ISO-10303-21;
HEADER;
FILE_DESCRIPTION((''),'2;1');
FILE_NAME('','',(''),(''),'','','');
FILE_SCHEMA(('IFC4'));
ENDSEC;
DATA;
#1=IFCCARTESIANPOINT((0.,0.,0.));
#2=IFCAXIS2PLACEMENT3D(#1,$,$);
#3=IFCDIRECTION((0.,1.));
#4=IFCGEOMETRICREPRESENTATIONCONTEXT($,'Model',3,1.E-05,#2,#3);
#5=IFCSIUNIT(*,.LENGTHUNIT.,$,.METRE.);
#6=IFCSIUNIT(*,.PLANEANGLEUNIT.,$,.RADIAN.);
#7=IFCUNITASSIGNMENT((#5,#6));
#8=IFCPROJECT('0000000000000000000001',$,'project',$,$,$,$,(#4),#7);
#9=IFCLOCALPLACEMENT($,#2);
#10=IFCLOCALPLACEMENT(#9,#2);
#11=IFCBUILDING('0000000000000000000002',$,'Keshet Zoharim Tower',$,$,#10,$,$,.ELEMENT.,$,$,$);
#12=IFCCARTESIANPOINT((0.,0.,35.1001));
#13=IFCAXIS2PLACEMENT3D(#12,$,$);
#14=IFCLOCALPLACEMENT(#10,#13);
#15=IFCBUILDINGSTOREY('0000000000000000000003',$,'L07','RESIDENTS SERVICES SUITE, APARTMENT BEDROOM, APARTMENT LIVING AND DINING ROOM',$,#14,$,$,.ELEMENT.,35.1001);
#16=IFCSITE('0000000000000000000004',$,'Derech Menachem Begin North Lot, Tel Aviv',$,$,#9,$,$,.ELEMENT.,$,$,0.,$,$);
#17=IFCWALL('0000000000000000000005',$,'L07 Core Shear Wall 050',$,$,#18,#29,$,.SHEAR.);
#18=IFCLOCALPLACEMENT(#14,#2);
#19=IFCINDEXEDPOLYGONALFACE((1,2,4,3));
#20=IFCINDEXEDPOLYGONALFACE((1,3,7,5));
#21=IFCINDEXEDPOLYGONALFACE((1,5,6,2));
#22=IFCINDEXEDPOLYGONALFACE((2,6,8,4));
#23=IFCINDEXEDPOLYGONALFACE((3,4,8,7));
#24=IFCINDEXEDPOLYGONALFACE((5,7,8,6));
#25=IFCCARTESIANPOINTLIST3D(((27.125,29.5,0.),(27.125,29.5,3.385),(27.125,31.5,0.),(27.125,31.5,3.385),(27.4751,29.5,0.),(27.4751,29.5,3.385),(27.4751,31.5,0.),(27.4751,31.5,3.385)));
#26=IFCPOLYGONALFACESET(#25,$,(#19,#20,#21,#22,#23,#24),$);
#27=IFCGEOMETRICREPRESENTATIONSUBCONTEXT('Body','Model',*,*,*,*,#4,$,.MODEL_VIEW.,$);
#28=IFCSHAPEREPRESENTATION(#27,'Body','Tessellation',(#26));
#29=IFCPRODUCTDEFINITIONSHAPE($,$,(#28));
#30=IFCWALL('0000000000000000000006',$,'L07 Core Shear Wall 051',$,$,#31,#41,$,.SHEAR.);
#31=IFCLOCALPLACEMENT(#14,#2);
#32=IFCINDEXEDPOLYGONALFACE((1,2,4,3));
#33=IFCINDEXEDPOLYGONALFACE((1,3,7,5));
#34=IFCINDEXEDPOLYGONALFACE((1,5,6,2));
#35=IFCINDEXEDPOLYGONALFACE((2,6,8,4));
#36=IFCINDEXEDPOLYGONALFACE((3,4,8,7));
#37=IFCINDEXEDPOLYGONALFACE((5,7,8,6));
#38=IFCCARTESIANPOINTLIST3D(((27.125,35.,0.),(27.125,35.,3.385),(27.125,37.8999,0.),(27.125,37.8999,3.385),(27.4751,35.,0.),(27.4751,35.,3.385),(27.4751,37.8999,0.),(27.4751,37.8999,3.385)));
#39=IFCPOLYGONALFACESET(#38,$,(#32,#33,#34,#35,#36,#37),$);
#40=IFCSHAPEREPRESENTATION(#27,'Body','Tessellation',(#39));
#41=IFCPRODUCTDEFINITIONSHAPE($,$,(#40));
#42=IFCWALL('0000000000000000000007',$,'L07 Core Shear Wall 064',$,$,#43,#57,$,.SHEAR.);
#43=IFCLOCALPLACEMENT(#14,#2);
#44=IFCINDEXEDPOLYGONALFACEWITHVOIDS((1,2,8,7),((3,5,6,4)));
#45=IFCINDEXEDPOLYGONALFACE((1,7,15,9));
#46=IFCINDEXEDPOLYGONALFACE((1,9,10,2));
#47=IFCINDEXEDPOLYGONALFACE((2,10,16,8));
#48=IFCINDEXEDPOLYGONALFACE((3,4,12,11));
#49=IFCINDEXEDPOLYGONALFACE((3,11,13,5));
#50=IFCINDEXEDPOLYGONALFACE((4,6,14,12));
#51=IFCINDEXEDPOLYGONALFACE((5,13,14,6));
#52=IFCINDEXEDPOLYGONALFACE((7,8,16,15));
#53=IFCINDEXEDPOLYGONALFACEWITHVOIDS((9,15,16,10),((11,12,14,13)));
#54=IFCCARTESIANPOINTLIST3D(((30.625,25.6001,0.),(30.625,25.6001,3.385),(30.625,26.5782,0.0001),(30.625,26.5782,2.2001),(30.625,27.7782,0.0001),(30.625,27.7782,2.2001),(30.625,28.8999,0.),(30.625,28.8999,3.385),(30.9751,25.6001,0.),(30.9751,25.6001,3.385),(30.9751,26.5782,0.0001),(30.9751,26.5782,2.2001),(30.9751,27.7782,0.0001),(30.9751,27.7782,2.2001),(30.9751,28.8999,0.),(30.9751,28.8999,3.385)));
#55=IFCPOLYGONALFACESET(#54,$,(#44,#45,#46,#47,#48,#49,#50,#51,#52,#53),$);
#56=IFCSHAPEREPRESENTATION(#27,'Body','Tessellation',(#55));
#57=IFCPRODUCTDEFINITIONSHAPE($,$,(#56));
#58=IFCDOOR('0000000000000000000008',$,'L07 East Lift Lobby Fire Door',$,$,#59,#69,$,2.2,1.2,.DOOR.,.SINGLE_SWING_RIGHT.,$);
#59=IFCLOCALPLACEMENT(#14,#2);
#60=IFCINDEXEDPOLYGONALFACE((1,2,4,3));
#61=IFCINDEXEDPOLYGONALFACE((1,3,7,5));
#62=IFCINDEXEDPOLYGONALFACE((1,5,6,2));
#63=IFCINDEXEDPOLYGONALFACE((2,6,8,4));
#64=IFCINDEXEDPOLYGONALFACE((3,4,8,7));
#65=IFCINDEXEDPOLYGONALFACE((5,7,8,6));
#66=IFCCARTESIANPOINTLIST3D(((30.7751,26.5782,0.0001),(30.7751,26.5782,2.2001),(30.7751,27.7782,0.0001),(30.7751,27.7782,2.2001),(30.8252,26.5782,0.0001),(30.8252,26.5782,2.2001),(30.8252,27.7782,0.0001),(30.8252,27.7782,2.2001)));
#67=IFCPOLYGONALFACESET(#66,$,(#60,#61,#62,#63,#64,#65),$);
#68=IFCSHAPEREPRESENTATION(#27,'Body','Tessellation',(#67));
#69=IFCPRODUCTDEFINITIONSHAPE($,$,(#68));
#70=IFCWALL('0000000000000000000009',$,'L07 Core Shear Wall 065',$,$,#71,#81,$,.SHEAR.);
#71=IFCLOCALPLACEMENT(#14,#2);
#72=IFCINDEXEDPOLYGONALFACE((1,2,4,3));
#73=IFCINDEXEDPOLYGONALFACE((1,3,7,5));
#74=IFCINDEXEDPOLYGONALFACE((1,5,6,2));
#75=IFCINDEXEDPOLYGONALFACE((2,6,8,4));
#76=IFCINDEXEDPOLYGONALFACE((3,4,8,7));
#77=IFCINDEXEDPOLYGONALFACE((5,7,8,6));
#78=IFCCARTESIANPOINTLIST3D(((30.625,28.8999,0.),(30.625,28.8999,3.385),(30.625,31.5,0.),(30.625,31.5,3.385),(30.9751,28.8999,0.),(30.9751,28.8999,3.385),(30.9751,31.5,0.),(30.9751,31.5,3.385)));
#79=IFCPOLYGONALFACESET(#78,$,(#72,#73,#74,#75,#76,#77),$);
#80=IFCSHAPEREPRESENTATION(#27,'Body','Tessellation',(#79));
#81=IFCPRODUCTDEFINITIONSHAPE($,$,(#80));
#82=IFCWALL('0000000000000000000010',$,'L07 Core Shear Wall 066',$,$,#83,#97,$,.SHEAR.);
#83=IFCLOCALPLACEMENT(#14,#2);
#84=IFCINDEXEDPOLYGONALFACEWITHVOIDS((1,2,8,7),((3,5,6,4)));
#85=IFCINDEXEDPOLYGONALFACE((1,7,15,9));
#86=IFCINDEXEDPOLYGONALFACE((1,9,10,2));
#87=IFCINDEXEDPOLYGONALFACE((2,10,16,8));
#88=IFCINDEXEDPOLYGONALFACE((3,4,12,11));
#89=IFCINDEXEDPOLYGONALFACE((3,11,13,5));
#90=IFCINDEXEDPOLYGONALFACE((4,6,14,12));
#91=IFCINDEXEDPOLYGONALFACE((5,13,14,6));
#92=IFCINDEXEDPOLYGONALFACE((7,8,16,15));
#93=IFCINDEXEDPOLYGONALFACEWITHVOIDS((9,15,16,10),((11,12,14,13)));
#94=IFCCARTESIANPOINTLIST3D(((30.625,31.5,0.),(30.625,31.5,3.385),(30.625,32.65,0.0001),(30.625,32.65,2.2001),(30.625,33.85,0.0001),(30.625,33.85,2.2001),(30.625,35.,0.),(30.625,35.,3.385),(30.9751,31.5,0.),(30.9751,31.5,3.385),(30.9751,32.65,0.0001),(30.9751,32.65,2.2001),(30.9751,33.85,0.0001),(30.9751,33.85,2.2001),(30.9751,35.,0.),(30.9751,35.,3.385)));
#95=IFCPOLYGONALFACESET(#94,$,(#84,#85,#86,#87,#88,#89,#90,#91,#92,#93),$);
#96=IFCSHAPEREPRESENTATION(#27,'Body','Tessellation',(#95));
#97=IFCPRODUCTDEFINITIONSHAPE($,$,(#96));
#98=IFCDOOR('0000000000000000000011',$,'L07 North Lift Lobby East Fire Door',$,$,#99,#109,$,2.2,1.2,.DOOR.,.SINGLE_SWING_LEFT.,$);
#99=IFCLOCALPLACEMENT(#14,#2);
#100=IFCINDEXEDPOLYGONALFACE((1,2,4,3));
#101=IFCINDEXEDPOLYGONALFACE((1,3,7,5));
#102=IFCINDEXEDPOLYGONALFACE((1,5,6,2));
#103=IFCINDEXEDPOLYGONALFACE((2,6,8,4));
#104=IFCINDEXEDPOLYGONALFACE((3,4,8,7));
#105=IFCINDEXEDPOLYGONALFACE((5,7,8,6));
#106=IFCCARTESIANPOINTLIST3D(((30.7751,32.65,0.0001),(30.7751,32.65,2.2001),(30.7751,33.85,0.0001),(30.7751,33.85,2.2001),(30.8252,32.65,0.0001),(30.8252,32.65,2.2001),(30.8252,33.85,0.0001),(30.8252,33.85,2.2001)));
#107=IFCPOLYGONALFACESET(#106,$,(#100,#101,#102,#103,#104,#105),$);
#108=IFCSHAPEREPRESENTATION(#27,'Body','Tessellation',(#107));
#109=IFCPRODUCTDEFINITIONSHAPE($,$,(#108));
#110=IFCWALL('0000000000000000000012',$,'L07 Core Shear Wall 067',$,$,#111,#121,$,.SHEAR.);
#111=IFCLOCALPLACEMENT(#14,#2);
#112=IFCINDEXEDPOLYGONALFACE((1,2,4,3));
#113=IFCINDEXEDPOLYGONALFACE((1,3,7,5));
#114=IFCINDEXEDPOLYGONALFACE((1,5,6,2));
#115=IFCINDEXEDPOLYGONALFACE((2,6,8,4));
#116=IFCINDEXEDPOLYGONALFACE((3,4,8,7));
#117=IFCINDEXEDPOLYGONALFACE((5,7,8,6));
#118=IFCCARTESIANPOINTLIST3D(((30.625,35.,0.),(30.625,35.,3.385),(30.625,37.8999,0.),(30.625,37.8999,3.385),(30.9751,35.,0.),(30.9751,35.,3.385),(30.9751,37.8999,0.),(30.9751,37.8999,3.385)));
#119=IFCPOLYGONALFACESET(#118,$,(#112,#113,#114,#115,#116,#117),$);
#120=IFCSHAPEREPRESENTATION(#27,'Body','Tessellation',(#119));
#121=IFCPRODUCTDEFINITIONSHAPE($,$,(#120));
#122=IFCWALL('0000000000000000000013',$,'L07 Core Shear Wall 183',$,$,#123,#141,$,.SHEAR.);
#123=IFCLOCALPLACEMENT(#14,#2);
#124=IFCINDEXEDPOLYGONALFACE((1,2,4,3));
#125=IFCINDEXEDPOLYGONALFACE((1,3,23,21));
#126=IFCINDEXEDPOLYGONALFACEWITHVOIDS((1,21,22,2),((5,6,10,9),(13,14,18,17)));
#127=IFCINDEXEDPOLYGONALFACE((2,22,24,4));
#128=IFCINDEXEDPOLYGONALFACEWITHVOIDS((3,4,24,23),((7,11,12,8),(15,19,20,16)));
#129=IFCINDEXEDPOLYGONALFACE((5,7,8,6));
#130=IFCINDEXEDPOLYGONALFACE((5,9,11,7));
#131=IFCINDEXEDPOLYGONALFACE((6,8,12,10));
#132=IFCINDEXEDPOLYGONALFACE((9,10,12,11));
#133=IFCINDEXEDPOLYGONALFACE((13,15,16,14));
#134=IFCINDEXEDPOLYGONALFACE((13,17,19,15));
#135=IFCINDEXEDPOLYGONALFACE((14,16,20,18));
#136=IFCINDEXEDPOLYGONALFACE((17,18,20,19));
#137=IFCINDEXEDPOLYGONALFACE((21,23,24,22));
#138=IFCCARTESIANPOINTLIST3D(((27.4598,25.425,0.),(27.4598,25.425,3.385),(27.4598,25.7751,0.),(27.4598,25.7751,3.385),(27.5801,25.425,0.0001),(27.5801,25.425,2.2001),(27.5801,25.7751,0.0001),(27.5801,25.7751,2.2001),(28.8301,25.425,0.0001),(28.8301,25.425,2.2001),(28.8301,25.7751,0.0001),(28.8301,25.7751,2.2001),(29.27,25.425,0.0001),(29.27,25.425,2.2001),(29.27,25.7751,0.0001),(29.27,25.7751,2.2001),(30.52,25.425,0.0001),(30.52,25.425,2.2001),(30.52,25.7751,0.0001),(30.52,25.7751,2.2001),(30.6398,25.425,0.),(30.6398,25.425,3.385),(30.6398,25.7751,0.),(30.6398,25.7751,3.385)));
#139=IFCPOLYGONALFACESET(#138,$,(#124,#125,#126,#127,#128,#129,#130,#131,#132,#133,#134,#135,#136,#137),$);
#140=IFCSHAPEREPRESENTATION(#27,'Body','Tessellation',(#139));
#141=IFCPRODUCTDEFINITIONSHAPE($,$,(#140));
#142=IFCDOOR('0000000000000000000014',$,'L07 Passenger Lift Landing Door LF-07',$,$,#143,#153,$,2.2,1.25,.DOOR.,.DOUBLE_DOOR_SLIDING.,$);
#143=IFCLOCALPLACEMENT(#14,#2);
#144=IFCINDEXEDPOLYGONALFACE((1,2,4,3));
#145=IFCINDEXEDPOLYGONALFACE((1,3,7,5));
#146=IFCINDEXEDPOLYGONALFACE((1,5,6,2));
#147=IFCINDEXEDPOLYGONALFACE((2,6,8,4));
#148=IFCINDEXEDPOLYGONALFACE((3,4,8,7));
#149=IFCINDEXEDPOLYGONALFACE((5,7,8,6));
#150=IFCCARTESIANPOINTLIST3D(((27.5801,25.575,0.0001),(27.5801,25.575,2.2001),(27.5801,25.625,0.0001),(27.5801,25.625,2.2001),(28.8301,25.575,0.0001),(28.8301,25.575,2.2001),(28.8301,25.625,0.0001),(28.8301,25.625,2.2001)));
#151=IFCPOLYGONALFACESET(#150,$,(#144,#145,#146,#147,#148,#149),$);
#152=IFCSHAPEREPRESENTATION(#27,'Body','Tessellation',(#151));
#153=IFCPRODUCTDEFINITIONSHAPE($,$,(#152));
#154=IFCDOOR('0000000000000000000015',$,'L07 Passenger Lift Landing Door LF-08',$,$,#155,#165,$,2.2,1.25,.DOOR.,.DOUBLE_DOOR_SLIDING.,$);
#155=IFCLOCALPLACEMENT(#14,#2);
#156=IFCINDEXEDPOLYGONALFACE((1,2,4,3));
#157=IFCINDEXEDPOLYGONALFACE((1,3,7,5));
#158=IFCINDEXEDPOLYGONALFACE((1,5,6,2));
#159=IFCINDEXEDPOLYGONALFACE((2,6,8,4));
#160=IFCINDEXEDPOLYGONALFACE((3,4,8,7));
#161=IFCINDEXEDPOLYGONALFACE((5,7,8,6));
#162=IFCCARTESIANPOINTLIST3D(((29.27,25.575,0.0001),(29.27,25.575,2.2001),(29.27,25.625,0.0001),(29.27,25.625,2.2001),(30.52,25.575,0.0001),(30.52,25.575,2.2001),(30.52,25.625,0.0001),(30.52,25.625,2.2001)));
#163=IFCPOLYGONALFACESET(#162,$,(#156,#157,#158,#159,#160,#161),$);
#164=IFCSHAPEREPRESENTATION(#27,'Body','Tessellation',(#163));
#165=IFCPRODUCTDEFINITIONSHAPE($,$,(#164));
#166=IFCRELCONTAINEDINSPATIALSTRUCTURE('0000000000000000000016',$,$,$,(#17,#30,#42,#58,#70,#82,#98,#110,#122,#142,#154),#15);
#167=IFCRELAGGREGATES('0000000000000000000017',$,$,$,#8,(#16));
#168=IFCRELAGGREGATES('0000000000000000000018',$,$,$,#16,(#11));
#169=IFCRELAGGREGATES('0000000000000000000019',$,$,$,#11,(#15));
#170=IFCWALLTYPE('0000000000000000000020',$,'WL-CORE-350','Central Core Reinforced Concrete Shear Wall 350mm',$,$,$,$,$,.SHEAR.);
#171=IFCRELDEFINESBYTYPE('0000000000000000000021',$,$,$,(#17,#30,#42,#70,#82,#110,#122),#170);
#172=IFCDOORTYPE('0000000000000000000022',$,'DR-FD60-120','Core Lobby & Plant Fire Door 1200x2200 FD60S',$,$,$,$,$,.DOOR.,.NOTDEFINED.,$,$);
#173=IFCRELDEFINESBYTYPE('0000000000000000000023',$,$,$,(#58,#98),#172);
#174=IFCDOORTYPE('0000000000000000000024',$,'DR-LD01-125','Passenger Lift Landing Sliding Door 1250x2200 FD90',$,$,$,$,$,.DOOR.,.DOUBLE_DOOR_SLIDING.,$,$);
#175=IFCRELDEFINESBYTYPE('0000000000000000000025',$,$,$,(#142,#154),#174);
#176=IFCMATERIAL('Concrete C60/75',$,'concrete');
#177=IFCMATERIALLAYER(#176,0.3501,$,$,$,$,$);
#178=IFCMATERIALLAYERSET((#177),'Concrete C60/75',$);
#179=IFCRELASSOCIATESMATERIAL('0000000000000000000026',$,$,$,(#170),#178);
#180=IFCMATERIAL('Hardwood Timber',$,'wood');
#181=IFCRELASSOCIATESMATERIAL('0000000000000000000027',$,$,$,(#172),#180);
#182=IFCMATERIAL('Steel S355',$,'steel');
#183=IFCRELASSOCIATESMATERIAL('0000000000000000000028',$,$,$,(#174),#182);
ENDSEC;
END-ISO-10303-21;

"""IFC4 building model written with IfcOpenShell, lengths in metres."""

from ifc_helpers import new_model, si_unit, direction, frame, frame_2d, origin, place, context, subcontext, project, spatial, rectangle, extrude, material, layer, layer_set, type_object, element, fill, save


model = new_model("IFC4")

# Units and contexts
model_context = context("Model", 3, precision=1e-05, world=origin(), true_north=direction((0.0, 1.0)))
body_context = subcontext(model_context, "Body", "Model", "MODEL_VIEW")
ifc_project = project(units=[si_unit("LENGTHUNIT", "METRE"), si_unit("PLANEANGLEUNIT", "RADIAN")], contexts=[model_context])

# Site, building, storey
site_placement = place(None, origin())
site = spatial("IfcSite", under=ifc_project, at=site_placement, Name="Derech Menachem Begin North Lot, Tel Aviv", CompositionType="ELEMENT", RefElevation=0.0)
building_placement = place(site_placement, origin())
building = spatial("IfcBuilding", under=site, at=building_placement, Name="Keshet Zoharim Tower", CompositionType="ELEMENT")
storey_placement = place(building_placement, frame((0.0, 0.0, 35.1001)))
storey = spatial("IfcBuildingStorey", under=building, at=storey_placement, Name="L07", Description="RESIDENTS SERVICES SUITE, APARTMENT BEDROOM, APARTMENT LIVING AND DINING ROOM", CompositionType="ELEMENT", Elevation=35.1001)

# Shared definitions
ifc_material_1 = material(Name="Concrete C60/75", Category="concrete")

# Shared definitions
ifc_material_2 = material(Name="Steel S355", Category="steel")

# Walls
ifc_layer_1 = layer(ifc_material_1, 0.3501)
ifc_layer_set_1 = layer_set([ifc_layer_1], Name="Concrete C60/75")
wall_type_1 = type_object("IfcWallType", Name="WL-CORE-350", Description="Central Core Reinforced Concrete Shear Wall 350mm", PredefinedType="SHEAR", material=ifc_layer_set_1)
wall_1_placement = place(storey_placement, frame((27.3, 29.5, 0.0), z_axis=(0.0, 0.0, 1.0), x_axis=(0.0, 1.0, 0.0)))
element("IfcWall", 1, at=wall_1_placement, inside=storey, type_object=wall_type_1, Name="L07 Core Shear Wall 050", PredefinedType="SHEAR", context=body_context, shape_type="SweptSolid", body=[
    extrude(rectangle(XDim=2.0, YDim=0.3501, at=frame_2d((1.0, 0.0))), origin(), (0.0, 0.0, 1.0), 3.385),
])
wall_2_placement = place(storey_placement, frame((27.3, 35.0, 0.0), z_axis=(0.0, 0.0, 1.0), x_axis=(0.0, 1.0, 0.0)))
element("IfcWall", 2, at=wall_2_placement, inside=storey, type_object=wall_type_1, Name="L07 Core Shear Wall 051", PredefinedType="SHEAR", context=body_context, shape_type="SweptSolid", body=[
    extrude(rectangle(XDim=2.8999, YDim=0.3501, at=frame_2d((1.45, 0.0))), origin(), (0.0, 0.0, 1.0), 3.385),
])

# Wall, opening, door
wall_3_placement = place(storey_placement, frame((30.8, 25.6001, 0.0), z_axis=(0.0, 0.0, 1.0), x_axis=(0.0, 1.0, 0.0)))
wall_3 = element("IfcWall", 3, at=wall_3_placement, inside=storey, type_object=wall_type_1, Name="L07 Core Shear Wall 064", PredefinedType="SHEAR", context=body_context, shape_type="SweptSolid", body=[
    extrude(rectangle(XDim=3.2998, YDim=0.3501, at=frame_2d((1.6499, 0.0))), origin(), (0.0, 0.0, 1.0), 3.385),
])
opening_1_placement = place(wall_3_placement, frame((0.978, 0.0, 0.0)))
opening_1 = element("IfcOpeningElement", 4, at=opening_1_placement, cuts=wall_3, PredefinedType="OPENING", context=body_context, shape_type="SweptSolid", body=[
    extrude(rectangle(XDim=1.2, YDim=2.2, at=frame_2d((0.6001, 1.1001))), frame((0.0, 0.1851, 0.0), z_axis=(0.0, -1.0, 0.0), x_axis=(1.0, 0.0, 0.0)), (0.0, 0.0, 1.0), 0.3701),
])
ifc_material_3 = material(Name="Hardwood Timber", Category="wood")
door_type_1 = type_object("IfcDoorType", Name="DR-FD60-120", Description="Core Lobby & Plant Fire Door 1200x2200 FD60S", OperationType="NOTDEFINED", PredefinedType="DOOR", material=ifc_material_3)
door_1_placement = place(opening_1_placement, origin())
door_1 = element("IfcDoor", 5, at=door_1_placement, inside=storey, type_object=door_type_1, Name="L07 East Lift Lobby Fire Door", OperationType="SINGLE_SWING_RIGHT", OverallHeight=2.2, OverallWidth=1.2, PredefinedType="DOOR", context=body_context, shape_type="SweptSolid", body=[
    extrude(rectangle(XDim=1.2, YDim=2.2, at=frame_2d((0.6001, 1.1001))), frame((0.0, 0.0249, 0.0), z_axis=(0.0, -1.0, 0.0), x_axis=(1.0, 0.0, 0.0)), (0.0, 0.0, 1.0), 0.05),
])
fill(opening_1, door_1)

# Wall
wall_4_placement = place(storey_placement, frame((30.8, 28.8999, 0.0), z_axis=(0.0, 0.0, 1.0), x_axis=(0.0, 1.0, 0.0)))
element("IfcWall", 6, at=wall_4_placement, inside=storey, type_object=wall_type_1, Name="L07 Core Shear Wall 065", PredefinedType="SHEAR", context=body_context, shape_type="SweptSolid", body=[
    extrude(rectangle(XDim=2.6001, YDim=0.3501, at=frame_2d((1.3, 0.0))), origin(), (0.0, 0.0, 1.0), 3.385),
])

# Wall, opening, door
wall_5_placement = place(storey_placement, frame((30.8, 31.5, 0.0), z_axis=(0.0, 0.0, 1.0), x_axis=(0.0, 1.0, 0.0)))
wall_5 = element("IfcWall", 7, at=wall_5_placement, inside=storey, type_object=wall_type_1, Name="L07 Core Shear Wall 066", PredefinedType="SHEAR", context=body_context, shape_type="SweptSolid", body=[
    extrude(rectangle(XDim=3.5, YDim=0.3501, at=frame_2d((1.75, 0.0))), origin(), (0.0, 0.0, 1.0), 3.385),
])
opening_2_placement = place(wall_5_placement, frame((1.1499, 0.0, 0.0)))
opening_2 = element("IfcOpeningElement", 8, at=opening_2_placement, cuts=wall_5, PredefinedType="OPENING", context=body_context, shape_type="SweptSolid", body=[
    extrude(rectangle(XDim=1.2, YDim=2.2, at=frame_2d((0.6001, 1.1001))), frame((0.0, 0.1851, 0.0), z_axis=(0.0, -1.0, 0.0), x_axis=(1.0, 0.0, 0.0)), (0.0, 0.0, 1.0), 0.3701),
])
door_2_placement = place(opening_2_placement, origin())
door_2 = element("IfcDoor", 9, at=door_2_placement, inside=storey, type_object=door_type_1, Name="L07 North Lift Lobby East Fire Door", OperationType="SINGLE_SWING_LEFT", OverallHeight=2.2, OverallWidth=1.2, PredefinedType="DOOR", context=body_context, shape_type="SweptSolid", body=[
    extrude(rectangle(XDim=1.2, YDim=2.2, at=frame_2d((0.6001, 1.1001))), frame((0.0, 0.0249, 0.0), z_axis=(0.0, -1.0, 0.0), x_axis=(1.0, 0.0, 0.0)), (0.0, 0.0, 1.0), 0.05),
])
fill(opening_2, door_2)

# Wall
wall_6_placement = place(storey_placement, frame((30.8, 35.0, 0.0), z_axis=(0.0, 0.0, 1.0), x_axis=(0.0, 1.0, 0.0)))
element("IfcWall", 10, at=wall_6_placement, inside=storey, type_object=wall_type_1, Name="L07 Core Shear Wall 067", PredefinedType="SHEAR", context=body_context, shape_type="SweptSolid", body=[
    extrude(rectangle(XDim=2.8999, YDim=0.3501, at=frame_2d((1.45, 0.0))), origin(), (0.0, 0.0, 1.0), 3.385),
])

# Wall, openings, doors
wall_7_placement = place(storey_placement, frame((27.46, 25.6001, 0.0), z_axis=(0.0, 0.0, 1.0), x_axis=(1.0, 0.0, 0.0)))
wall_7 = element("IfcWall", 11, at=wall_7_placement, inside=storey, type_object=wall_type_1, Name="L07 Core Shear Wall 183", PredefinedType="SHEAR", context=body_context, shape_type="SweptSolid", body=[
    extrude(rectangle(XDim=3.1799, YDim=0.3501, at=frame_2d((1.5898, 0.0))), origin(), (0.0, 0.0, 1.0), 3.385),
])
opening_3_placement = place(wall_7_placement, frame((0.1201, 0.0, 0.0)))
opening_3 = element("IfcOpeningElement", 12, at=opening_3_placement, cuts=wall_7, PredefinedType="OPENING", context=body_context, shape_type="SweptSolid", body=[
    extrude(rectangle(XDim=1.25, YDim=2.2, at=frame_2d((0.625, 1.1001))), frame((0.0, 0.1851, 0.0), z_axis=(0.0, -1.0, 0.0), x_axis=(1.0, 0.0, 0.0)), (0.0, 0.0, 1.0), 0.3701),
])
opening_4_placement = place(wall_7_placement, frame((1.8101, 0.0, 0.0)))
opening_4 = element("IfcOpeningElement", 13, at=opening_4_placement, cuts=wall_7, PredefinedType="OPENING", context=body_context, shape_type="SweptSolid", body=[
    extrude(rectangle(XDim=1.25, YDim=2.2, at=frame_2d((0.625, 1.1001))), frame((0.0, 0.1851, 0.0), z_axis=(0.0, -1.0, 0.0), x_axis=(1.0, 0.0, 0.0)), (0.0, 0.0, 1.0), 0.3701),
])
door_type_2 = type_object("IfcDoorType", Name="DR-LD01-125", Description="Passenger Lift Landing Sliding Door 1250x2200 FD90", OperationType="DOUBLE_DOOR_SLIDING", PredefinedType="DOOR", material=ifc_material_2)
door_3_placement = place(opening_3_placement, origin())
door_3 = element("IfcDoor", 14, at=door_3_placement, inside=storey, type_object=door_type_2, Name="L07 Passenger Lift Landing Door LF-07", OperationType="DOUBLE_DOOR_SLIDING", OverallHeight=2.2, OverallWidth=1.25, PredefinedType="DOOR", context=body_context, shape_type="SweptSolid", body=[
    extrude(rectangle(XDim=1.25, YDim=2.2, at=frame_2d((0.625, 1.1001))), frame((0.0, 0.0249, 0.0), z_axis=(0.0, -1.0, 0.0), x_axis=(1.0, 0.0, 0.0)), (0.0, 0.0, 1.0), 0.05),
])
fill(opening_3, door_3)
door_4_placement = place(opening_4_placement, origin())
door_4 = element("IfcDoor", 15, at=door_4_placement, inside=storey, type_object=door_type_2, Name="L07 Passenger Lift Landing Door LF-08", OperationType="DOUBLE_DOOR_SLIDING", OverallHeight=2.2, OverallWidth=1.25, PredefinedType="DOOR", context=body_context, shape_type="SweptSolid", body=[
    extrude(rectangle(XDim=1.25, YDim=2.2, at=frame_2d((0.625, 1.1001))), frame((0.0, 0.0249, 0.0), z_axis=(0.0, -1.0, 0.0), x_axis=(1.0, 0.0, 0.0)), (0.0, 0.0, 1.0), 0.05),
])
fill(opening_4, door_4)

save(model, "model.ifc")
